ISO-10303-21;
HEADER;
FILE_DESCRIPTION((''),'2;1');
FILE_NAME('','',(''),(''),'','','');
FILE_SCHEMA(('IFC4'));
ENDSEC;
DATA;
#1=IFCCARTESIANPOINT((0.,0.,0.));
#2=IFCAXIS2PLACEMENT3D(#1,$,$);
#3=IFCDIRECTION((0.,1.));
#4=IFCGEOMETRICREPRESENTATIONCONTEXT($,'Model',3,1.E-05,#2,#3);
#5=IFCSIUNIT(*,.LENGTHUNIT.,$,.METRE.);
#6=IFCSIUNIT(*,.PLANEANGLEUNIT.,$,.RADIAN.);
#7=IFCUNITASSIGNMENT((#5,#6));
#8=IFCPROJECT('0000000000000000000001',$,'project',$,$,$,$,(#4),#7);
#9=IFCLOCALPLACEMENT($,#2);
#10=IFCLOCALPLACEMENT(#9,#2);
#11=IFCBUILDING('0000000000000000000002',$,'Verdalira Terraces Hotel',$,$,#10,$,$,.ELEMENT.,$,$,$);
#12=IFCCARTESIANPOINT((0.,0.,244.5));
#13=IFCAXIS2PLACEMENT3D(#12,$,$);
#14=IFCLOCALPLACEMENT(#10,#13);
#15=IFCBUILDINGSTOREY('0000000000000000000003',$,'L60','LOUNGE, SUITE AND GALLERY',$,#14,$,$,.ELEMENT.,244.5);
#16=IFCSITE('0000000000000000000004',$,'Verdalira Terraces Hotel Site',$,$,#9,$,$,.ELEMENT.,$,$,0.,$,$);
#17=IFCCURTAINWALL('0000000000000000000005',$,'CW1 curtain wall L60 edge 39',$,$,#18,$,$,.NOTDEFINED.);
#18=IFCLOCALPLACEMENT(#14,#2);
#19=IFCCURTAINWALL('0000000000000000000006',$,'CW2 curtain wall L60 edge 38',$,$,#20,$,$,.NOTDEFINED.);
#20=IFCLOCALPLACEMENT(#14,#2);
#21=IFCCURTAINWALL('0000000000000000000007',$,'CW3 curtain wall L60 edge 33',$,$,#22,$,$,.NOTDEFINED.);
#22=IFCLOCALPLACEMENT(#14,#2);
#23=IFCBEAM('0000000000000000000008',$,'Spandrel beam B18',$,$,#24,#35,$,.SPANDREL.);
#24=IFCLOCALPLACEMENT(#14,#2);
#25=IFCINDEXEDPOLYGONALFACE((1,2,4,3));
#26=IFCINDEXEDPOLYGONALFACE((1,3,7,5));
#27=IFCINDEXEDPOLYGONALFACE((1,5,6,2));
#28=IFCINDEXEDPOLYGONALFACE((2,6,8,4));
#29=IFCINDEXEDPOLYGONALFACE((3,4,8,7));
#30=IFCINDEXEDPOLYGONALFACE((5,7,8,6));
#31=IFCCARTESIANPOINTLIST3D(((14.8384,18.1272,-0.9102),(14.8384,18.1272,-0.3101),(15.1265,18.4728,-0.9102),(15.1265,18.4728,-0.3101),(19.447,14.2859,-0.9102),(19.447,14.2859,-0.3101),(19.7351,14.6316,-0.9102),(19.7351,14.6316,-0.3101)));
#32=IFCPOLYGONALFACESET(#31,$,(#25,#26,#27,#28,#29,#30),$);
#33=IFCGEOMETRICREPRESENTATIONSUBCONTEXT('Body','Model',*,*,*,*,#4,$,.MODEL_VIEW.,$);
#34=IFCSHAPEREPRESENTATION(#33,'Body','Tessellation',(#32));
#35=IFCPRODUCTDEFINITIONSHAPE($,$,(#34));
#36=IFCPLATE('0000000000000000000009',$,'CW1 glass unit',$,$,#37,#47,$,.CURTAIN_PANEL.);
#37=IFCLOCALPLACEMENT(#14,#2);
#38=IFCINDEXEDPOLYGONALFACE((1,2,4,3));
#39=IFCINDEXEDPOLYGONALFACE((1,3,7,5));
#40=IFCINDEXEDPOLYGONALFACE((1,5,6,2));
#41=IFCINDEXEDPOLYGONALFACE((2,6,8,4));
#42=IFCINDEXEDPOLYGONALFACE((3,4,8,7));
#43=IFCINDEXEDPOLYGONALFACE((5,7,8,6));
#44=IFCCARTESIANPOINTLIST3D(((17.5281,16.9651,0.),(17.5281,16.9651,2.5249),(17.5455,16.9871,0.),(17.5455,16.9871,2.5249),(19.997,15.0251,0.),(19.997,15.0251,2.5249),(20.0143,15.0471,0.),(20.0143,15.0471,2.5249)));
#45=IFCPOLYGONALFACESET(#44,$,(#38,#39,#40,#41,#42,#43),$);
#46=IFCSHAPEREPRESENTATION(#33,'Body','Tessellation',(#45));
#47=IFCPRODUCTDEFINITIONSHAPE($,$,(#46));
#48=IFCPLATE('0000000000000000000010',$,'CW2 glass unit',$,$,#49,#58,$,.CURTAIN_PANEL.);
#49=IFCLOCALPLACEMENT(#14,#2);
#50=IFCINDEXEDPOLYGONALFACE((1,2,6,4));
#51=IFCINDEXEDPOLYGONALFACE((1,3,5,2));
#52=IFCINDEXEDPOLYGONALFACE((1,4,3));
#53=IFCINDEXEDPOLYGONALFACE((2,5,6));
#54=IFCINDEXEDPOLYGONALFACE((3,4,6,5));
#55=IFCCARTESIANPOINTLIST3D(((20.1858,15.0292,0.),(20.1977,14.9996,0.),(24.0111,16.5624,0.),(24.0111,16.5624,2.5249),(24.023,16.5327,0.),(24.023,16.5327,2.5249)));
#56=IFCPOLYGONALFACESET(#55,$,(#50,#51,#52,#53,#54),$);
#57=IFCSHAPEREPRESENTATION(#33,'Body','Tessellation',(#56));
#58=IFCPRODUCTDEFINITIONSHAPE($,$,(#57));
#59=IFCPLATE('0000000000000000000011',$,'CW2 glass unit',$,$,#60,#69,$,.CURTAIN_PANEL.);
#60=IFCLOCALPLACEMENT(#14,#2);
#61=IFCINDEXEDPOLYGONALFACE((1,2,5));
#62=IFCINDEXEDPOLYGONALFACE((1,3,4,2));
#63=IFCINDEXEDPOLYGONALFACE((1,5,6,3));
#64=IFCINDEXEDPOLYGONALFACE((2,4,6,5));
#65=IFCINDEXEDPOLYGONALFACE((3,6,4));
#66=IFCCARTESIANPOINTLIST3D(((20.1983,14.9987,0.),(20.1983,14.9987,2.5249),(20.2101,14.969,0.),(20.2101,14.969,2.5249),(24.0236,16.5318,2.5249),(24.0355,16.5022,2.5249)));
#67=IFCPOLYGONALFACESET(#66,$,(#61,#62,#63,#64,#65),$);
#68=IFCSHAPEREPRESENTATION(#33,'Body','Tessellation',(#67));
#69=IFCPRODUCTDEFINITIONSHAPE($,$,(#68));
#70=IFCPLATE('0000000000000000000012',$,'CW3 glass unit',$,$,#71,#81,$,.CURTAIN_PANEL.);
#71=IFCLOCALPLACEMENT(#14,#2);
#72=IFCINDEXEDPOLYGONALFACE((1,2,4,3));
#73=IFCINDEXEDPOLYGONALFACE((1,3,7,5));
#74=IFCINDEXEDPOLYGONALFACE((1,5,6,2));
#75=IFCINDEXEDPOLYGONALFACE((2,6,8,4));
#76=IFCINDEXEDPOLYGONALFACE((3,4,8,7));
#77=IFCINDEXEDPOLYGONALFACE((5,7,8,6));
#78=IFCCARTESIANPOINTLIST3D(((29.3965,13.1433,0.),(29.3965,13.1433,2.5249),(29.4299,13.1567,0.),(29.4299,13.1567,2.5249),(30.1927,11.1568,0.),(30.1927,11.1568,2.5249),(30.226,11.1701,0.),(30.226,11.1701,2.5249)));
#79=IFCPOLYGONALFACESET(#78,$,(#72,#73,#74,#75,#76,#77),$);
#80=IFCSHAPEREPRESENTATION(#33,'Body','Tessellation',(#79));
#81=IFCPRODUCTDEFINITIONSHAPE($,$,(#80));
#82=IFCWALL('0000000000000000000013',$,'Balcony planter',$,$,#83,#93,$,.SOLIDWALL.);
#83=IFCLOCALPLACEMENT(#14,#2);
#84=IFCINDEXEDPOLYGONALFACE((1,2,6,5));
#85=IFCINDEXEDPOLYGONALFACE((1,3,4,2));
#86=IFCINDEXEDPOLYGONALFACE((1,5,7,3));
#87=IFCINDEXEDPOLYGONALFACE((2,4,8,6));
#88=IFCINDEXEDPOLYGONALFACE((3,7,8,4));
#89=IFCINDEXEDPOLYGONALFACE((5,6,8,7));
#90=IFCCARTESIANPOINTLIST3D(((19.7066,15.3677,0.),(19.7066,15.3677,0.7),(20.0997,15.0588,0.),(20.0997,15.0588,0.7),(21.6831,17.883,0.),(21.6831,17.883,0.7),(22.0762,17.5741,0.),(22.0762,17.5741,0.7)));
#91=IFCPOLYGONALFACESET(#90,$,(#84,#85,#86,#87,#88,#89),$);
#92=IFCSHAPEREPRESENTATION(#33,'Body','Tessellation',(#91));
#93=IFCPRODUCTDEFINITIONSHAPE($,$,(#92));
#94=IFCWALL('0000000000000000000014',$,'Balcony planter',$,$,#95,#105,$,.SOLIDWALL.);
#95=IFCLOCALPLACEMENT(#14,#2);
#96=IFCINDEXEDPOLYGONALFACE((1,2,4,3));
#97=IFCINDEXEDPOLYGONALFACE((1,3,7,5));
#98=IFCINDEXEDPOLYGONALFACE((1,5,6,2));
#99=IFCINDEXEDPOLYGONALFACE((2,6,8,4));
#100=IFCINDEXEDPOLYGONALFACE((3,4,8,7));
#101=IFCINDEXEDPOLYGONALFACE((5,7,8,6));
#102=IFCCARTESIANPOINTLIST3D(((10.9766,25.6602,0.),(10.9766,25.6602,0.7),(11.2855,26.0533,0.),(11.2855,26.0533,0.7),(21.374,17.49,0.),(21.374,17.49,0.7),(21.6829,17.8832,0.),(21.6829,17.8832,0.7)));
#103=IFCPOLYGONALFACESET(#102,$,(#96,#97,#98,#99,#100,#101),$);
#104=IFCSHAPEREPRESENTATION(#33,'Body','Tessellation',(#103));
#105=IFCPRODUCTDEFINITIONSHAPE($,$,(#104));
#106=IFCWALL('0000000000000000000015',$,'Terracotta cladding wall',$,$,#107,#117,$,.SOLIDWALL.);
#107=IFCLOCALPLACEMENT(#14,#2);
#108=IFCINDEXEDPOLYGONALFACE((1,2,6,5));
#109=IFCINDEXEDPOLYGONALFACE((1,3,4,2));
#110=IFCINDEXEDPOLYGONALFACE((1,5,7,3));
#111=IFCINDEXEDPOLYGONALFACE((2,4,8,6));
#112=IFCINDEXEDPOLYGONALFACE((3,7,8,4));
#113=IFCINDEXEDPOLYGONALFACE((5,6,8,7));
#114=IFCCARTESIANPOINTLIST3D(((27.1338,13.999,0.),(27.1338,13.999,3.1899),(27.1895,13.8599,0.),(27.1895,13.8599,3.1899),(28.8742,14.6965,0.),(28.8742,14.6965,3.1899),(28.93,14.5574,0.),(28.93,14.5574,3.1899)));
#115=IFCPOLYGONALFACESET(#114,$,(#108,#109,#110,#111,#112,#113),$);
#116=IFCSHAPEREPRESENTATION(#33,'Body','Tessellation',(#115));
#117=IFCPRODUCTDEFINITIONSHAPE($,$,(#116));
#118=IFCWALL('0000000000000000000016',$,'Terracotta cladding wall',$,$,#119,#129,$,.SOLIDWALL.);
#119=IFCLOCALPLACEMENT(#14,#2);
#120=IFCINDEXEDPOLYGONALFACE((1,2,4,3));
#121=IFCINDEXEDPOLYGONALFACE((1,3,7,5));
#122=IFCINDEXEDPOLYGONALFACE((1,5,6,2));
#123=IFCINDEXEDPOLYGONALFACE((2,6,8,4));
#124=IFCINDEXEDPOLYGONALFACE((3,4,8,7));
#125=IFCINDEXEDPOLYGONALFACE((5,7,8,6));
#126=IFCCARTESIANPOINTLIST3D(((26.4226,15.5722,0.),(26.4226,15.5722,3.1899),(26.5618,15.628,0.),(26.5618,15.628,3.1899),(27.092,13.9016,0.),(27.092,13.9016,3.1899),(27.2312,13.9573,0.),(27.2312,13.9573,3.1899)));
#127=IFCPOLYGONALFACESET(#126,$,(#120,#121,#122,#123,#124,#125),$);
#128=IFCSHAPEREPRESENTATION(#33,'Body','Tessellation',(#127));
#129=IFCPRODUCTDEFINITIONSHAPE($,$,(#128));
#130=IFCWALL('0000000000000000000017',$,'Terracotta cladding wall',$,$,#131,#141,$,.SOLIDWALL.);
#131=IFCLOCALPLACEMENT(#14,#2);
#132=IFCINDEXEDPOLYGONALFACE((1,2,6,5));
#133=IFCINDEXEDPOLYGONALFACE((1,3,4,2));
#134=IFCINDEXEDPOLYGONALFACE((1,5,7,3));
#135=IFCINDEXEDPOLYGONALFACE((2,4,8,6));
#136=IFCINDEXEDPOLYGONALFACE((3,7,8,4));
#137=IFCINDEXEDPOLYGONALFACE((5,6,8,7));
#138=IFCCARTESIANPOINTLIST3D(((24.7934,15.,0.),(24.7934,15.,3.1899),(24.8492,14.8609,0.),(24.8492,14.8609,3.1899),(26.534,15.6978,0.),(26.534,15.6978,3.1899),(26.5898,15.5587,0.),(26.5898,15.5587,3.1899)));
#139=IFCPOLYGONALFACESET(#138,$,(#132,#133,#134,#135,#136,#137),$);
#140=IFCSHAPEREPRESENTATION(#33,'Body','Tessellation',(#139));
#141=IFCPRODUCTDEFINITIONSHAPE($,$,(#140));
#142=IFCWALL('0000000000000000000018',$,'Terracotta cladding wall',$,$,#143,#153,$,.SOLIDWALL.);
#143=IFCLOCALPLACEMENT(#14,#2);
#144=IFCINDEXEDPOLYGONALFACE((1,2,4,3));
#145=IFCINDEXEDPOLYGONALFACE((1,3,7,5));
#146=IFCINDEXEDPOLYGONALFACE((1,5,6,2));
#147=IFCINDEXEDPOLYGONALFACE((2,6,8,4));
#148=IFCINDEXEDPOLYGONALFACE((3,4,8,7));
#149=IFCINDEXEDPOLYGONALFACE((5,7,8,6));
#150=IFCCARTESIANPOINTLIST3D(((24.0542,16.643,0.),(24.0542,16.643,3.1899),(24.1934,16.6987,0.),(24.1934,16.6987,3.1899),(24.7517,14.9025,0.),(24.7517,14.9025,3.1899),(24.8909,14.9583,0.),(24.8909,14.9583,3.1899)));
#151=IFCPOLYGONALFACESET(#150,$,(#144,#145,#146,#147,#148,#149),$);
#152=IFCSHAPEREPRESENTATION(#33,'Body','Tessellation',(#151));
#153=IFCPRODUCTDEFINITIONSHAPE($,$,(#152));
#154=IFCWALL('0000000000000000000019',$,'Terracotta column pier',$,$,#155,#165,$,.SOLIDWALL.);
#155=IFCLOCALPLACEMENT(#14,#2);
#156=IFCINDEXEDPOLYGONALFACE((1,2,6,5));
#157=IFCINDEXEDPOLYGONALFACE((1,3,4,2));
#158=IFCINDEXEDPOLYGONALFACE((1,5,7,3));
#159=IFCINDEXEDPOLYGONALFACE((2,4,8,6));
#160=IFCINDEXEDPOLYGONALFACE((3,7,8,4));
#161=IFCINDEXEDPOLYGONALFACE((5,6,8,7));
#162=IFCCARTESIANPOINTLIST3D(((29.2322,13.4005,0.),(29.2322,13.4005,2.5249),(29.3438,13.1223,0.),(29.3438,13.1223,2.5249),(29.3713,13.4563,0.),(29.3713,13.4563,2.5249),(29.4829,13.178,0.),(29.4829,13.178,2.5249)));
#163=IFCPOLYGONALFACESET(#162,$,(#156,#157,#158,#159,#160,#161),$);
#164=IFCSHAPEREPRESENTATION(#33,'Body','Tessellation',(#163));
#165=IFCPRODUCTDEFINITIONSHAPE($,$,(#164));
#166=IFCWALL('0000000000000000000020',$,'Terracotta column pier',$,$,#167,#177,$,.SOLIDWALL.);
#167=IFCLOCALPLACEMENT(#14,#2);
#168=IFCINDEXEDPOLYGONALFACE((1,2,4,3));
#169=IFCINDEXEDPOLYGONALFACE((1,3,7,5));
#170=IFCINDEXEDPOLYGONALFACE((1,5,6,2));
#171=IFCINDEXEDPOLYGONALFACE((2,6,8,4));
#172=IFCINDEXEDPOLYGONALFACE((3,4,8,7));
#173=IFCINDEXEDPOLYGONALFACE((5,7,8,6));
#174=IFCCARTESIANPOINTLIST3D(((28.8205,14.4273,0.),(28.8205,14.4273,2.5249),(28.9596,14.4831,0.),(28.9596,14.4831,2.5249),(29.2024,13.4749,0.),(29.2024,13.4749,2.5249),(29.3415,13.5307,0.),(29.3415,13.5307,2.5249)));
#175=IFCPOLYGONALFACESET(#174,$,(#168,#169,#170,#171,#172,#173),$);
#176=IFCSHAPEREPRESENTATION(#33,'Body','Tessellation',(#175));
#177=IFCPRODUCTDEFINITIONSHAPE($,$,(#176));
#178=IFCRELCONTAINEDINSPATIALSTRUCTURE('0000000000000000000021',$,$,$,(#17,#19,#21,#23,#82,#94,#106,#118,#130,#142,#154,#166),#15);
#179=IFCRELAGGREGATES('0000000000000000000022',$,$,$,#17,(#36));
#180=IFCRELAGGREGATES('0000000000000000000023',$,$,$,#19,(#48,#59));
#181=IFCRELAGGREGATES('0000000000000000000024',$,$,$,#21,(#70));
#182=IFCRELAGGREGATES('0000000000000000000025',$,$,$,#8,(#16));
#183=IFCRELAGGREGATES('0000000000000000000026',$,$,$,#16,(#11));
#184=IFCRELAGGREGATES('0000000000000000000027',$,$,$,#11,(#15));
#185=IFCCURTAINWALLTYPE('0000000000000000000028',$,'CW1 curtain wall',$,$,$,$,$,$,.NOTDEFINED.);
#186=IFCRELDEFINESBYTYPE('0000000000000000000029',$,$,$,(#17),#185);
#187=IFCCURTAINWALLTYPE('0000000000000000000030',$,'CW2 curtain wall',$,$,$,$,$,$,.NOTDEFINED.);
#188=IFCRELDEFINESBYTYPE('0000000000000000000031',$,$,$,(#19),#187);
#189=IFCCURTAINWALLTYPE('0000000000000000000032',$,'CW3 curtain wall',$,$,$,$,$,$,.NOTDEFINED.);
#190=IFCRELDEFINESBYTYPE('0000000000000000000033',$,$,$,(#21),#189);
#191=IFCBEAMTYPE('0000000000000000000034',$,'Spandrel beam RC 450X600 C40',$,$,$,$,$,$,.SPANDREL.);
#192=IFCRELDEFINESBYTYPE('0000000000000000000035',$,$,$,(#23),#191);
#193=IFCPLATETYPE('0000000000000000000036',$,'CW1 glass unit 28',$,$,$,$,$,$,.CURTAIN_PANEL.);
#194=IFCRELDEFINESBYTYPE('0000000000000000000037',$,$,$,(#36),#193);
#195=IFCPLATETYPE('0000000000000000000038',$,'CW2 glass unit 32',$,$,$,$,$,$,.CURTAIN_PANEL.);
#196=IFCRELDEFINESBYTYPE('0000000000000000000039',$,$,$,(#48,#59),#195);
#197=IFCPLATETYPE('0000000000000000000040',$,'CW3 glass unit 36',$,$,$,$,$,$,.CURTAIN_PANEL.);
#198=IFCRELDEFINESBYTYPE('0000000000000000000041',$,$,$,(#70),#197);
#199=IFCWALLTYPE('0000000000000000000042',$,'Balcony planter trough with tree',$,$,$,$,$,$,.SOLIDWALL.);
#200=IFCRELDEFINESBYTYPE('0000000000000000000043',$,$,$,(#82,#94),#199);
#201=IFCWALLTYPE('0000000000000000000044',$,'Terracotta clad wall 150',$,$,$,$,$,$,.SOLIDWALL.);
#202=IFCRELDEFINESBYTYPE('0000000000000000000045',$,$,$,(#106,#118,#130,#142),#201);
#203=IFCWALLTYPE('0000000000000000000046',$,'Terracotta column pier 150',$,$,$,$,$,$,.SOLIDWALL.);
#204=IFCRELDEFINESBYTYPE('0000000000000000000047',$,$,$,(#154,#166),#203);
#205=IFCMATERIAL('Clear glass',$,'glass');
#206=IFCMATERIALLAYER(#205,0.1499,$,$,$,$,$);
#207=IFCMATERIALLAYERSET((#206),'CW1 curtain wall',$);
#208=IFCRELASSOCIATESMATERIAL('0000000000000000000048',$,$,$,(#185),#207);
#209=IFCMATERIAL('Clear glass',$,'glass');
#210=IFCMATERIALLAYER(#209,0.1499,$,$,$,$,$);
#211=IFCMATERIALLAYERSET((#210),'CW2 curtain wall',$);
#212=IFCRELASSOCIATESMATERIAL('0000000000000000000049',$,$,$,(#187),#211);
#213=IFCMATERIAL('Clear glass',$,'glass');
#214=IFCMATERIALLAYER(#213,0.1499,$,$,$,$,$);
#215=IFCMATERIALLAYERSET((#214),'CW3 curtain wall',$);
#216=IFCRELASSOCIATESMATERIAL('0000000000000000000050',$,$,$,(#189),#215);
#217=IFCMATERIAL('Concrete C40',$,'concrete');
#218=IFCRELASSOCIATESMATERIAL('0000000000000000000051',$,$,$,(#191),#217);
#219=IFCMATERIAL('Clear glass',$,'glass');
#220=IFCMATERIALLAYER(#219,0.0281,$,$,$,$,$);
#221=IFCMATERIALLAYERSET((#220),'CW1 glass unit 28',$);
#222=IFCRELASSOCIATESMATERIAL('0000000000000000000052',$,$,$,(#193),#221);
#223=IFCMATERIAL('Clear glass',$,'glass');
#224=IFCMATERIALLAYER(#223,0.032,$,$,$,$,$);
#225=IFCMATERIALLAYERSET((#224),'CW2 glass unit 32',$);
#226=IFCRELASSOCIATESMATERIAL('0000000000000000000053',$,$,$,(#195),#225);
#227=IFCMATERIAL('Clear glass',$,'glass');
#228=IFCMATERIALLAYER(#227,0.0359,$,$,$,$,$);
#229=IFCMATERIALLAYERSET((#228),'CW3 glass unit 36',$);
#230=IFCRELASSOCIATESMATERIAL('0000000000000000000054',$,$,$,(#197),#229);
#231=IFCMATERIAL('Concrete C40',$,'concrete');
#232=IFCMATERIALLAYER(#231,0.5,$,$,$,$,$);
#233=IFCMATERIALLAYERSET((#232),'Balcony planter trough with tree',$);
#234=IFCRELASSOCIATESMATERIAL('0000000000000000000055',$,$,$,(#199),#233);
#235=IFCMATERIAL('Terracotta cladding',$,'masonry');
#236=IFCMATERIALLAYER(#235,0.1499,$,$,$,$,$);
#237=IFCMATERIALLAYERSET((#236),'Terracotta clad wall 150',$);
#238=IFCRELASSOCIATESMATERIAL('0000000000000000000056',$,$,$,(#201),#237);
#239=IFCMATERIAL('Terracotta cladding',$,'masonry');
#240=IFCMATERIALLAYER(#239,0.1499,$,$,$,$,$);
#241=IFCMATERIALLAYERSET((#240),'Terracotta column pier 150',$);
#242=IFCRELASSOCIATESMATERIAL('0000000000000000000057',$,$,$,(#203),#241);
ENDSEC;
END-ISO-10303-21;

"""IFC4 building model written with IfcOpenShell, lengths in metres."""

from ifc_helpers import new_model, si_unit, direction, frame, frame_2d, origin, origin_2d, place, context, subcontext, project, spatial, polyline, rectangle, outline, extrude, material, layer, layer_set, material_profile, profile_set, type_object, element, aggregate, save


model = new_model("IFC4")

# Units and contexts
model_context = context("Model", 3, precision=1e-05, world=origin(), true_north=direction((0.0, 1.0)))
body_context = subcontext(model_context, "Body", "Model", "MODEL_VIEW")
ifc_project = project(units=[si_unit("LENGTHUNIT", "METRE"), si_unit("PLANEANGLEUNIT", "RADIAN")], contexts=[model_context])

# Site, building, storey
site_placement = place(None, origin())
site = spatial("IfcSite", under=ifc_project, at=site_placement, Name="Verdalira Terraces Hotel Site", CompositionType="ELEMENT", RefElevation=0.0)
building_placement = place(site_placement, origin())
building = spatial("IfcBuilding", under=site, at=building_placement, Name="Verdalira Terraces Hotel", CompositionType="ELEMENT")
storey_placement = place(building_placement, frame((0.0, 0.0, 244.5)))
storey = spatial("IfcBuildingStorey", under=building, at=storey_placement, Name="L60", Description="LOUNGE, SUITE AND GALLERY", CompositionType="ELEMENT", Elevation=244.5)

# Curtain walls
ifc_material_1 = material(Name="Clear glass", Category="glass")
ifc_layer_1 = layer(ifc_material_1, 0.1499)
ifc_layer_set_1 = layer_set([ifc_layer_1], Name="CW1 curtain wall")
curtain_wall_type_1 = type_object("IfcCurtainWallType", Name="CW1 curtain wall", PredefinedType="NOTDEFINED", material=ifc_layer_set_1)
curtain_wall_1_placement = place(storey_placement, origin())
curtain_wall_1 = element("IfcCurtainWall", 1, at=curtain_wall_1_placement, inside=storey, type_object=curtain_wall_type_1, Name="CW1 curtain wall L60 edge 39", PredefinedType="NOTDEFINED")
ifc_material_2 = material(Name="Clear glass", Category="glass")
ifc_layer_2 = layer(ifc_material_2, 0.1499)
ifc_layer_set_2 = layer_set([ifc_layer_2], Name="CW2 curtain wall")
curtain_wall_type_2 = type_object("IfcCurtainWallType", Name="CW2 curtain wall", PredefinedType="NOTDEFINED", material=ifc_layer_set_2)
curtain_wall_2_placement = place(storey_placement, origin())
curtain_wall_2 = element("IfcCurtainWall", 2, at=curtain_wall_2_placement, inside=storey, type_object=curtain_wall_type_2, Name="CW2 curtain wall L60 edge 38", PredefinedType="NOTDEFINED")
ifc_material_3 = material(Name="Clear glass", Category="glass")
ifc_layer_3 = layer(ifc_material_3, 0.1499)
ifc_layer_set_3 = layer_set([ifc_layer_3], Name="CW3 curtain wall")
curtain_wall_type_3 = type_object("IfcCurtainWallType", Name="CW3 curtain wall", PredefinedType="NOTDEFINED", material=ifc_layer_set_3)
curtain_wall_3_placement = place(storey_placement, origin())
curtain_wall_3 = element("IfcCurtainWall", 3, at=curtain_wall_3_placement, inside=storey, type_object=curtain_wall_type_3, Name="CW3 curtain wall L60 edge 33", PredefinedType="NOTDEFINED")

# Beam
ifc_material_4 = material(Name="Concrete C40", Category="concrete")
ifc_material_profile_1 = material_profile(ifc_material_4, rectangle(XDim=0.45, YDim=0.6001, at=origin_2d()), Name="RC 450X600")
ifc_profile_set_1 = profile_set([ifc_material_profile_1], Name="Concrete C40")
beam_type_1 = type_object("IfcBeamType", Name="Spandrel beam RC 450X600 C40", PredefinedType="SPANDREL", material=ifc_profile_set_1)
beam_1_placement = place(storey_placement, frame((19.5911, 14.4587, -0.6101), z_axis=(-0.768158, 0.64026, 0.0), x_axis=(-0.64026, -0.768158, 0.0)))
element("IfcBeam", 4, at=beam_1_placement, inside=storey, type_object=beam_type_1, Name="Spandrel beam B18", PredefinedType="SPANDREL", context=body_context, shape_type="SweptSolid", body=[
    extrude(rectangle(XDim=0.45, YDim=0.6001, at=origin_2d()), origin(), (0.0, 0.0, 1.0), 5.9995),
])

# Plates
ifc_material_5 = material(Name="Clear glass", Category="glass")
ifc_layer_4 = layer(ifc_material_5, 0.0281)
ifc_layer_set_4 = layer_set([ifc_layer_4], Name="CW1 glass unit 28")
plate_type_1 = type_object("IfcPlateType", Name="CW1 glass unit 28", PredefinedType="CURTAIN_PANEL", material=ifc_layer_set_4)
plate_1_placement = place(storey_placement, frame((18.7712, 16.0061, 0.0), z_axis=(0.0, 0.0, 1.0), x_axis=(-0.786288, 0.61786, 0.0)))
plate_1 = element("IfcPlate", 5, at=plate_1_placement, type_object=plate_type_1, Name="CW1 glass unit", PredefinedType="CURTAIN_PANEL", context=body_context, shape_type="SweptSolid", body=[
    extrude(rectangle(XDim=3.1399, YDim=0.0281, at=origin_2d()), origin(), (0.0, 0.0, 1.0), 2.5249),
])
aggregate(curtain_wall_1, [plate_1])
ifc_material_6 = material(Name="Clear glass", Category="glass")
ifc_layer_5 = layer(ifc_material_6, 0.032)
ifc_layer_set_5 = layer_set([ifc_layer_5], Name="CW2 glass unit 32")
plate_type_2 = type_object("IfcPlateType", Name="CW2 glass unit 32", PredefinedType="CURTAIN_PANEL", material=ifc_layer_set_5)
plate_2_placement = place(storey_placement, frame((22.1104, 15.7661, 1.2625), z_axis=(-0.372016, 0.928226, 0.0), x_axis=(-0.928226, -0.372016, 0.0)))
plate_2 = element("IfcPlate", 6, at=plate_2_placement, type_object=plate_type_2, Name="CW2 glass unit", PredefinedType="CURTAIN_PANEL", context=body_context, shape_type="SweptSolid", body=[
    extrude(outline(polyline([(-2.0605, -1.2625), (2.0605, -1.2625), (-2.0605, 1.2625), (-2.0605, -1.2625)])), origin(), (0.0, 0.0, 1.0), 0.032),
])
plate_3_placement = place(storey_placement, frame((22.1228, 15.7356, 1.2625), z_axis=(-0.372016, 0.928226, 0.0), x_axis=(-0.928226, -0.372016, 0.0)))
plate_3 = element("IfcPlate", 7, at=plate_3_placement, type_object=plate_type_2, Name="CW2 glass unit", PredefinedType="CURTAIN_PANEL", context=body_context, shape_type="SweptSolid", body=[
    extrude(outline(polyline([(2.0605, -1.2625), (2.0605, 1.2625), (-2.0605, 1.2625), (2.0605, -1.2625)])), origin(), (0.0, 0.0, 1.0), 0.032),
])
aggregate(curtain_wall_2, [plate_2, plate_3])
ifc_material_7 = material(Name="Clear glass", Category="glass")
ifc_layer_6 = layer(ifc_material_7, 0.0359)
ifc_layer_set_6 = layer_set([ifc_layer_6], Name="CW3 glass unit 36")
plate_type_3 = type_object("IfcPlateType", Name="CW3 glass unit 36", PredefinedType="CURTAIN_PANEL", material=ifc_layer_set_6)
plate_4_placement = place(storey_placement, frame((29.8113, 12.1567, 0.0), z_axis=(0.0, 0.0, 1.0), x_axis=(-0.372016, 0.928226, 0.0)))
plate_4 = element("IfcPlate", 8, at=plate_4_placement, type_object=plate_type_3, Name="CW3 glass unit", PredefinedType="CURTAIN_PANEL", context=body_context, shape_type="SweptSolid", body=[
    extrude(rectangle(XDim=2.1401, YDim=0.0359, at=origin_2d()), origin(), (0.0, 0.0, 1.0), 2.5249),
])
aggregate(curtain_wall_3, [plate_4])

# Walls
ifc_material_8 = material(Name="Concrete C40", Category="concrete")
ifc_layer_7 = layer(ifc_material_8, 0.5)
ifc_layer_set_7 = layer_set([ifc_layer_7], Name="Balcony planter trough with tree")
wall_type_1 = type_object("IfcWallType", Name="Balcony planter trough with tree", PredefinedType="SOLIDWALL", material=ifc_layer_set_7)
wall_1_placement = place(storey_placement, frame((19.9031, 15.2131, 0.0), z_axis=(0.0, 0.0, 1.0), x_axis=(0.617859, 0.786289, 0.0)))
element("IfcWall", 9, at=wall_1_placement, inside=storey, type_object=wall_type_1, Name="Balcony planter", PredefinedType="SOLIDWALL", context=body_context, shape_type="SweptSolid", body=[
    extrude(rectangle(XDim=3.199, YDim=0.5, at=frame_2d((1.5996, 0.0))), origin(), (0.0, 0.0, 1.0), 0.7),
])
wall_2_placement = place(storey_placement, frame((21.5286, 17.6865, 0.0), z_axis=(0.0, 0.0, 1.0), x_axis=(-0.786291, 0.617856, 0.0)))
element("IfcWall", 10, at=wall_2_placement, inside=storey, type_object=wall_type_1, Name="Balcony planter", PredefinedType="SOLIDWALL", context=body_context, shape_type="SweptSolid", body=[
    extrude(rectangle(XDim=13.2234, YDim=0.5, at=frame_2d((6.6118, 0.0))), origin(), (0.0, 0.0, 1.0), 0.7),
])
ifc_material_9 = material(Name="Terracotta cladding", Category="masonry")
ifc_layer_8 = layer(ifc_material_9, 0.1499)
ifc_layer_set_8 = layer_set([ifc_layer_8], Name="Terracotta clad wall 150")
wall_type_2 = type_object("IfcWallType", Name="Terracotta clad wall 150", PredefinedType="SOLIDWALL", material=ifc_layer_set_8)
wall_3_placement = place(storey_placement, frame((28.9021, 14.627, 0.0), z_axis=(0.0, 0.0, 1.0), x_axis=(-0.928234, -0.371997, 0.0)))
element("IfcWall", 11, at=wall_3_placement, inside=storey, type_object=wall_type_2, Name="Terracotta cladding wall", PredefinedType="SOLIDWALL", context=body_context, shape_type="SweptSolid", body=[
    extrude(rectangle(XDim=1.875, YDim=0.1499, at=frame_2d((0.9375, 0.0))), origin(), (0.0, 0.0, 1.0), 3.1899),
])
wall_4_placement = place(storey_placement, frame((27.1616, 13.9294, 0.0), z_axis=(0.0, 0.0, 1.0), x_axis=(-0.371952, 0.928252, 0.0)))
element("IfcWall", 12, at=wall_4_placement, inside=storey, type_object=wall_type_2, Name="Terracotta cladding wall", PredefinedType="SOLIDWALL", context=body_context, shape_type="SweptSolid", body=[
    extrude(rectangle(XDim=1.7998, YDim=0.1499, at=frame_2d((0.8999, 0.0))), origin(), (0.0, 0.0, 1.0), 3.1899),
])
wall_5_placement = place(storey_placement, frame((26.5618, 15.6282, 0.0), z_axis=(0.0, 0.0, 1.0), x_axis=(-0.928189, -0.372109, 0.0)))
element("IfcWall", 13, at=wall_5_placement, inside=storey, type_object=wall_type_2, Name="Terracotta cladding wall", PredefinedType="SOLIDWALL", context=body_context, shape_type="SweptSolid", body=[
    extrude(rectangle(XDim=1.8752, YDim=0.1499, at=frame_2d((0.9375, 0.0))), origin(), (0.0, 0.0, 1.0), 3.1899),
])
wall_6_placement = place(storey_placement, frame((24.8213, 14.9304, 0.0), z_axis=(0.0, 0.0, 1.0), x_axis=(-0.371997, 0.928234, 0.0)))
element("IfcWall", 14, at=wall_6_placement, inside=storey, type_object=wall_type_2, Name="Terracotta cladding wall", PredefinedType="SOLIDWALL", context=body_context, shape_type="SweptSolid", body=[
    extrude(rectangle(XDim=1.875, YDim=0.1499, at=frame_2d((0.9375, 0.0))), origin(), (0.0, 0.0, 1.0), 3.1899),
])
ifc_material_10 = material(Name="Terracotta cladding", Category="masonry")
ifc_layer_9 = layer(ifc_material_10, 0.1499)
ifc_layer_set_9 = layer_set([ifc_layer_9], Name="Terracotta column pier 150")
wall_type_3 = type_object("IfcWallType", Name="Terracotta column pier 150", PredefinedType="SOLIDWALL", material=ifc_layer_set_9)
wall_7_placement = place(storey_placement, frame((29.4133, 13.1501, 0.0), z_axis=(0.0, 0.0, 1.0), x_axis=(-0.372092, 0.928196, 0.0)))
element("IfcWall", 15, at=wall_7_placement, inside=storey, type_object=wall_type_3, Name="Terracotta column pier", PredefinedType="SOLIDWALL", context=body_context, shape_type="SweptSolid", body=[
    extrude(rectangle(XDim=0.2998, YDim=0.1499, at=frame_2d((0.1499, 0.0))), origin(), (0.0, 0.0, 1.0), 2.5249),
])
wall_8_placement = place(storey_placement, frame((29.272, 13.5027, 0.0), z_axis=(0.0, 0.0, 1.0), x_axis=(-0.372129, 0.928181, 0.0)))
element("IfcWall", 16, at=wall_8_placement, inside=storey, type_object=wall_type_3, Name="Terracotta column pier", PredefinedType="SOLIDWALL", context=body_context, shape_type="SweptSolid", body=[
    extrude(rectangle(XDim=1.0261, YDim=0.1499, at=frame_2d((0.5132, 0.0))), origin(), (0.0, 0.0, 1.0), 2.5249),
])

save(model, "model.ifc")
